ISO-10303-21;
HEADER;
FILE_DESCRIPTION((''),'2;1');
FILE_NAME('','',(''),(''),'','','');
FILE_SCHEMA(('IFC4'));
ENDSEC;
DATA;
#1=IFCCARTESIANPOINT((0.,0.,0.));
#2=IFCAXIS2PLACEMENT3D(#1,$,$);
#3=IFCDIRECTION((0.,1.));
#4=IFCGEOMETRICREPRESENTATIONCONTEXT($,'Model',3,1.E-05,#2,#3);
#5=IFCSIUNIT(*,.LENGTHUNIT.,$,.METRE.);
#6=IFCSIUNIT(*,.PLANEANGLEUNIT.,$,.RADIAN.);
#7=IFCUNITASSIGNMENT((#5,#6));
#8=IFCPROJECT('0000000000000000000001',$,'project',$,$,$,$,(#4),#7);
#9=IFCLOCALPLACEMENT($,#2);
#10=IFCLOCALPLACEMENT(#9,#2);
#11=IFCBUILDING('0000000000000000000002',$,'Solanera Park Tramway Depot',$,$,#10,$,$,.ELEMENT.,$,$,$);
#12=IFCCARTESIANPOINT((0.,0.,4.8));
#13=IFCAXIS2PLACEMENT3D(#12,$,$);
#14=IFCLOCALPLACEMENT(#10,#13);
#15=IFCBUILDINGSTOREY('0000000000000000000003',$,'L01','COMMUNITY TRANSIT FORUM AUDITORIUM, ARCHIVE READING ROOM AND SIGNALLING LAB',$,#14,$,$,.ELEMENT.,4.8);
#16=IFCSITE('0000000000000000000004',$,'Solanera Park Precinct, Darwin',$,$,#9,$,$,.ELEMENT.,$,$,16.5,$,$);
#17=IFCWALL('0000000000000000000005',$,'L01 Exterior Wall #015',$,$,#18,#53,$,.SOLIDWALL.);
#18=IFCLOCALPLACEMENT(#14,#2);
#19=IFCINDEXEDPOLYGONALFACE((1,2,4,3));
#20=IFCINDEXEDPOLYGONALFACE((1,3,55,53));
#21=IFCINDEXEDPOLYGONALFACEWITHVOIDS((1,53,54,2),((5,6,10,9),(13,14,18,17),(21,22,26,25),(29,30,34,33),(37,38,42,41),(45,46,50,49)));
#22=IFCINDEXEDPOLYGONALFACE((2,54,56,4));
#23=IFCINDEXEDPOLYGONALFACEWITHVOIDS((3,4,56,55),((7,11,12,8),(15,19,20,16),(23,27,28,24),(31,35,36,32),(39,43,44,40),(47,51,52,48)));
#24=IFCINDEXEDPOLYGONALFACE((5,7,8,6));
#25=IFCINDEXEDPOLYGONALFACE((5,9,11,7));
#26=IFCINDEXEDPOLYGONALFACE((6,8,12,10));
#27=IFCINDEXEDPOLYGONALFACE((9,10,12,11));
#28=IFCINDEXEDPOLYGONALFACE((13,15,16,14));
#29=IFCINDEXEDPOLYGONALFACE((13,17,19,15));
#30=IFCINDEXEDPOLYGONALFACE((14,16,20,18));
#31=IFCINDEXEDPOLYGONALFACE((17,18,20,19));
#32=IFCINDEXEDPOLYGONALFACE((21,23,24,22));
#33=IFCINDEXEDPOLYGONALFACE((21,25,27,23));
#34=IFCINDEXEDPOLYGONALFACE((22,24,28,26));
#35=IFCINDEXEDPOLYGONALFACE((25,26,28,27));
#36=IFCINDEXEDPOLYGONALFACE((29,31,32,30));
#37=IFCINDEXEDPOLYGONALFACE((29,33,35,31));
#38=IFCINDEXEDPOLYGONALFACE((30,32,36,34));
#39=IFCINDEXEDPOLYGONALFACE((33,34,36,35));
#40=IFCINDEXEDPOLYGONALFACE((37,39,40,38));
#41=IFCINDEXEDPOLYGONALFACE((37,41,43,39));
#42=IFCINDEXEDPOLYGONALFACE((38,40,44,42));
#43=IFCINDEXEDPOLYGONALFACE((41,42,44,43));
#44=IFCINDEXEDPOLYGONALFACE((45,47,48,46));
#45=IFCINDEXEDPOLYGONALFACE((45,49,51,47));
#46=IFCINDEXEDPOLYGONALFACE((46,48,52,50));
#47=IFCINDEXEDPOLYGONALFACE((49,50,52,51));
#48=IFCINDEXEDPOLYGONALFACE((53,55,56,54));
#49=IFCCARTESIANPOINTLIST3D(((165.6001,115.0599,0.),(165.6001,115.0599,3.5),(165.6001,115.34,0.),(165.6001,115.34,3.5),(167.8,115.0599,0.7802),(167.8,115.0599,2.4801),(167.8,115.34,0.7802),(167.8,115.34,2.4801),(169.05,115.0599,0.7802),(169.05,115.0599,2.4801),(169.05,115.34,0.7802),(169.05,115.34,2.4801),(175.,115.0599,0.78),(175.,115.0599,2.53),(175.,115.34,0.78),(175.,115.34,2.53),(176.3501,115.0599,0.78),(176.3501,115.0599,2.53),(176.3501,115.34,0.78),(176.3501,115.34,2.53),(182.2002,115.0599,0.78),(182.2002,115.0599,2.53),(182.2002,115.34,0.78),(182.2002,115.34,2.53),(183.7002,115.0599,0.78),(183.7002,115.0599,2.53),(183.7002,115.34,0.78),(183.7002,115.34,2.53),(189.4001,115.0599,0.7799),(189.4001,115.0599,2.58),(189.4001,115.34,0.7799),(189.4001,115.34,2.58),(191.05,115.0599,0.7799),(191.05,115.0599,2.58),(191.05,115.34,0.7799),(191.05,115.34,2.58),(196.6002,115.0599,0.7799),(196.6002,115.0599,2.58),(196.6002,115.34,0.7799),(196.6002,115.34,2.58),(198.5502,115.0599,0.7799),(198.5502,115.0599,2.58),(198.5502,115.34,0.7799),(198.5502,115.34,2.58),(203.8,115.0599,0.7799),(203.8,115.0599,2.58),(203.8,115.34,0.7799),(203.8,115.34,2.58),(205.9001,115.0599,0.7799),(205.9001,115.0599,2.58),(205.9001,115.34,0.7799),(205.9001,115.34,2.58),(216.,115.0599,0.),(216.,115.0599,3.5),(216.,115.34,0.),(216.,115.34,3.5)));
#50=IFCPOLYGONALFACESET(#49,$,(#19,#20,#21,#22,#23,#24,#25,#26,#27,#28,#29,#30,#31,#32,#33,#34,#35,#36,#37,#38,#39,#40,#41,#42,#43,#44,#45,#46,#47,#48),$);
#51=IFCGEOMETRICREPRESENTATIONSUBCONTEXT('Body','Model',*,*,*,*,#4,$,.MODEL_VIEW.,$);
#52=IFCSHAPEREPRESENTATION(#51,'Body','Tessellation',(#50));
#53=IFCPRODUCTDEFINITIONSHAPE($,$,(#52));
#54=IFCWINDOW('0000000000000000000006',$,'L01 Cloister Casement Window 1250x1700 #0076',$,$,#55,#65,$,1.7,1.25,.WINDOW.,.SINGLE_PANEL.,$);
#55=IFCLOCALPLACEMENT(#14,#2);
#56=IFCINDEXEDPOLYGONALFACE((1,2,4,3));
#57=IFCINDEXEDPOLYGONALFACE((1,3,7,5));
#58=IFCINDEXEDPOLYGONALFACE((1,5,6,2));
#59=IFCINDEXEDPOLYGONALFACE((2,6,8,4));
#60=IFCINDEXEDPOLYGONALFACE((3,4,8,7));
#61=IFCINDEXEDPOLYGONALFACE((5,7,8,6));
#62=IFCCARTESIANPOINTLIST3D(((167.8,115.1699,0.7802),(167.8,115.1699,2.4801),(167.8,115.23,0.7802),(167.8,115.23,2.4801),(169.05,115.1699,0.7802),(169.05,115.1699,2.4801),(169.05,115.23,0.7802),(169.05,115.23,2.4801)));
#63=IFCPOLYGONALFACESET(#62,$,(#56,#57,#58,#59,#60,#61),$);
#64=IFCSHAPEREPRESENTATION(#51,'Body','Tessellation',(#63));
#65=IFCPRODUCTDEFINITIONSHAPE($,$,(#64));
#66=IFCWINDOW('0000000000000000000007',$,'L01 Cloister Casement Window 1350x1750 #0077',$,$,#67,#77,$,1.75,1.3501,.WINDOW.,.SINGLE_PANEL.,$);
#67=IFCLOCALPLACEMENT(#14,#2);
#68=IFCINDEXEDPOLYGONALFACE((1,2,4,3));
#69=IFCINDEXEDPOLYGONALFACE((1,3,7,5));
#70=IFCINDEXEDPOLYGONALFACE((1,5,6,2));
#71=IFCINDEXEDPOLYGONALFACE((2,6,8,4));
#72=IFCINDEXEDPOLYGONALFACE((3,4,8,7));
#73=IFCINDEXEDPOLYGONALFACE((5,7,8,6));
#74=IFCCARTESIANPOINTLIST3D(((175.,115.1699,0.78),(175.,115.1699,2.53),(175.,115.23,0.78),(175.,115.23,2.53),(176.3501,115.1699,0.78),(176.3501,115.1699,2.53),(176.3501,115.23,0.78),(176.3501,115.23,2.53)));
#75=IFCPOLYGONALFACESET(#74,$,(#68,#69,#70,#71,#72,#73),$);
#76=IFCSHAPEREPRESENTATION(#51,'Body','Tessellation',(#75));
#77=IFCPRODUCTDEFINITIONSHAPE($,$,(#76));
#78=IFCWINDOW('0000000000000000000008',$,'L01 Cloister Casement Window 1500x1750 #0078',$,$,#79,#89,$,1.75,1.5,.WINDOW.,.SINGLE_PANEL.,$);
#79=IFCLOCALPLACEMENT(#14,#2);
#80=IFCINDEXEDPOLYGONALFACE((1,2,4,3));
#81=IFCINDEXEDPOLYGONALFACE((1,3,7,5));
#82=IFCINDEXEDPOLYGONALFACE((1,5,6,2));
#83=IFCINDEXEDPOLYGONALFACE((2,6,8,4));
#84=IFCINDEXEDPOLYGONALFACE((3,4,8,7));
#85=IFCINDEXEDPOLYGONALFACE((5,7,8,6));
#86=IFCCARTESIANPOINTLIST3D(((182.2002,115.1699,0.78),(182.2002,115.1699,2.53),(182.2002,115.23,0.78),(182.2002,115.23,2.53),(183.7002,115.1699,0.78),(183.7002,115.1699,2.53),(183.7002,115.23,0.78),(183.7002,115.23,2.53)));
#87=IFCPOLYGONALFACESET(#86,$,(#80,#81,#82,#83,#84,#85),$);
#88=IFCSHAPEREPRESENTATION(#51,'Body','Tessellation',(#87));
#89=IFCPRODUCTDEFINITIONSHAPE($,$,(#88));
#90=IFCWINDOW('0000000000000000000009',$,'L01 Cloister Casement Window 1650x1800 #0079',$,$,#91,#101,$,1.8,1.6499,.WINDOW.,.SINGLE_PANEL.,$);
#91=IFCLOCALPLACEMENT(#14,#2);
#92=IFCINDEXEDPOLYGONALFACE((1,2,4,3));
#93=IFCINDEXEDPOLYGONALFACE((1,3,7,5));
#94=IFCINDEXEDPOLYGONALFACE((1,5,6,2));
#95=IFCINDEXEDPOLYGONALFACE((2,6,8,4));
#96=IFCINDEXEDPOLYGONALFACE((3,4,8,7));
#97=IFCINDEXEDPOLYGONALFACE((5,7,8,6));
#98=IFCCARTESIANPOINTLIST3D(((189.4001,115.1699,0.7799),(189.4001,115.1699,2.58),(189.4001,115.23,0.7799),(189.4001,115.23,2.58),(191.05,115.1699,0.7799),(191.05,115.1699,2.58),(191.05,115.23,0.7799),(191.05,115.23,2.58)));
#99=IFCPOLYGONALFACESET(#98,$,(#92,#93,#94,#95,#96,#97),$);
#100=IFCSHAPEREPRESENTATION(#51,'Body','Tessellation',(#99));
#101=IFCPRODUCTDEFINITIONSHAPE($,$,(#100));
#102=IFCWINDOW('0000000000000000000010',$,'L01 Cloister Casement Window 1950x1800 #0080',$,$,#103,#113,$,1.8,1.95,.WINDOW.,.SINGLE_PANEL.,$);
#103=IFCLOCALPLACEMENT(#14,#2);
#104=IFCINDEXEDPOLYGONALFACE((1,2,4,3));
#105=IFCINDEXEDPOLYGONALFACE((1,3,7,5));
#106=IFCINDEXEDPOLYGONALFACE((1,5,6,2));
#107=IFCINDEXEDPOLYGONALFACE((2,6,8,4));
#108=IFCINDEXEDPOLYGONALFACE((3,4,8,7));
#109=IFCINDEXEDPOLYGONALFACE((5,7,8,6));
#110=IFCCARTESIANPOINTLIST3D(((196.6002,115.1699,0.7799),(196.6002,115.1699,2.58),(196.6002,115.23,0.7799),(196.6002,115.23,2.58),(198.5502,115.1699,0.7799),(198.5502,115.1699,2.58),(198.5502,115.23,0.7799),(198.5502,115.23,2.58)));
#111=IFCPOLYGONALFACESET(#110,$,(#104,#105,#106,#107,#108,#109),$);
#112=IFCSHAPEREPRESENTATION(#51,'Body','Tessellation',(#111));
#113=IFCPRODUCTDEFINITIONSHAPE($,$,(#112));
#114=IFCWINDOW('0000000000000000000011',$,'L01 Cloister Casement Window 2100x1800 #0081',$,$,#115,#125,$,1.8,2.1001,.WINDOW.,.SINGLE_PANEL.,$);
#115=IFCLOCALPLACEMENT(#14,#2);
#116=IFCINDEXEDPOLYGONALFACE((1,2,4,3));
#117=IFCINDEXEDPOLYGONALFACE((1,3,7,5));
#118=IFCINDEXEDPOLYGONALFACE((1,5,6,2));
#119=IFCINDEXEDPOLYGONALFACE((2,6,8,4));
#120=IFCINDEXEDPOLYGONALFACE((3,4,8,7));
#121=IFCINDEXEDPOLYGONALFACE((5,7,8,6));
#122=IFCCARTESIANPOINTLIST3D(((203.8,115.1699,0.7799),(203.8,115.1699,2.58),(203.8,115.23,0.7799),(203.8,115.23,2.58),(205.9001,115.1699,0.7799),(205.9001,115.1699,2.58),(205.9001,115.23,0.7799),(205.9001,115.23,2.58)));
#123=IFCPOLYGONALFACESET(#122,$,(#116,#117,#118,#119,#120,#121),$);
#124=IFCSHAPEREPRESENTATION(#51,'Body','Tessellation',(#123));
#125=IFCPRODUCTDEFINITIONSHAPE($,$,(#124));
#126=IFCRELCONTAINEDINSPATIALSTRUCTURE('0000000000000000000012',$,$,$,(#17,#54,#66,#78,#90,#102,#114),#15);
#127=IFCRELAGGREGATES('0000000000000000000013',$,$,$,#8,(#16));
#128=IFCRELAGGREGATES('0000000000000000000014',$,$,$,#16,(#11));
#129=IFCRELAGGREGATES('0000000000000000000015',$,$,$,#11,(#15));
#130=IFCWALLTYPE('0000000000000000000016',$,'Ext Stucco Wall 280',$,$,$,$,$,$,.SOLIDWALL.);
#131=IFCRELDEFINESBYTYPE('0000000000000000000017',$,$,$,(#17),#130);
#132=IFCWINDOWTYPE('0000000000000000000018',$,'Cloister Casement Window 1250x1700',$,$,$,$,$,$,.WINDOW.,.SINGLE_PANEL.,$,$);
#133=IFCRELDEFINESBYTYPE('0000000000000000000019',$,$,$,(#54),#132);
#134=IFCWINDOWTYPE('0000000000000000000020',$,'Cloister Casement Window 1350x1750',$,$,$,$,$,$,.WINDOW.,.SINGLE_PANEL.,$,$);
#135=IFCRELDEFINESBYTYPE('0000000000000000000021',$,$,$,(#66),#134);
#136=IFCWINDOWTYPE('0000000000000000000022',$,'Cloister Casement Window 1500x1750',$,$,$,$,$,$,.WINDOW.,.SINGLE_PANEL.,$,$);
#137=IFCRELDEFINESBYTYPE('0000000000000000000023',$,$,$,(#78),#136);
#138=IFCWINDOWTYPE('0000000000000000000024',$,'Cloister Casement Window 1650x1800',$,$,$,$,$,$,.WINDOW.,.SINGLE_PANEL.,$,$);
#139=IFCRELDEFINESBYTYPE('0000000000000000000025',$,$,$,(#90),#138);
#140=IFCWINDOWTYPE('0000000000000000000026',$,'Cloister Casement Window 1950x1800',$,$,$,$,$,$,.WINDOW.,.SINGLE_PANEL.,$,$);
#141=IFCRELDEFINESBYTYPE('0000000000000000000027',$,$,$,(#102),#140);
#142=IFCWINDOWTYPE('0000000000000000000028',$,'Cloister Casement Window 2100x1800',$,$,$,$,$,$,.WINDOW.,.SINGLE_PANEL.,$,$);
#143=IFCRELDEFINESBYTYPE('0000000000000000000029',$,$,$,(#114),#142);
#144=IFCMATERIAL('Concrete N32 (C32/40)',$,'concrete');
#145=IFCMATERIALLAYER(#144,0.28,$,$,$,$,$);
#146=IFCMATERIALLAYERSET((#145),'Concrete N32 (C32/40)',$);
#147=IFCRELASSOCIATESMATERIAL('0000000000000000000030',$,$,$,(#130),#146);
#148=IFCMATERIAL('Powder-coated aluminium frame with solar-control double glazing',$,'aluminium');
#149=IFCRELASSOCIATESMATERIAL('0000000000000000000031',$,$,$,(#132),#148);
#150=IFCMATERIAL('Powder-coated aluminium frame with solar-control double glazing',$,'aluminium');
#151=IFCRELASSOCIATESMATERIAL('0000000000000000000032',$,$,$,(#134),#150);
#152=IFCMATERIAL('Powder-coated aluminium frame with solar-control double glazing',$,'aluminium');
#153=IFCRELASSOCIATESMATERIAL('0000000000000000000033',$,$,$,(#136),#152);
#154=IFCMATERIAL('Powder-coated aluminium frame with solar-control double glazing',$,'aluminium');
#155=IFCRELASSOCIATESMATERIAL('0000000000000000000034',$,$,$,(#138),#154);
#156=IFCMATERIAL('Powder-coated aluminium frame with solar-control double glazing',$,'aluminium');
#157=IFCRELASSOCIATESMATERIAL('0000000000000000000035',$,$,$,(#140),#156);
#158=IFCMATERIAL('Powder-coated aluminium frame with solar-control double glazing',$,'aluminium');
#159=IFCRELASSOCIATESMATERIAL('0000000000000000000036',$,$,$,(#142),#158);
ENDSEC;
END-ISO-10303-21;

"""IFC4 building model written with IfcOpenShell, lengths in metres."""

from ifc_helpers import new_model, si_unit, direction, frame, frame_2d, origin, place, context, subcontext, project, spatial, rectangle, extrude, material, layer, layer_set, type_object, element, fill, save


model = new_model("IFC4")

# Units and contexts
model_context = context("Model", 3, precision=1e-05, world=origin(), true_north=direction((0.0, 1.0)))
body_context = subcontext(model_context, "Body", "Model", "MODEL_VIEW")
ifc_project = project(units=[si_unit("LENGTHUNIT", "METRE"), si_unit("PLANEANGLEUNIT", "RADIAN")], contexts=[model_context])

# Site, building, storey
site_placement = place(None, origin())
site = spatial("IfcSite", under=ifc_project, at=site_placement, Name="Solanera Park Precinct, Darwin", CompositionType="ELEMENT", RefElevation=16.5)
building_placement = place(site_placement, origin())
building = spatial("IfcBuilding", under=site, at=building_placement, Name="Solanera Park Tramway Depot", CompositionType="ELEMENT")
storey_placement = place(building_placement, frame((0.0, 0.0, 4.8)))
storey = spatial("IfcBuildingStorey", under=building, at=storey_placement, Name="L01", Description="COMMUNITY TRANSIT FORUM AUDITORIUM, ARCHIVE READING ROOM AND SIGNALLING LAB", CompositionType="ELEMENT", Elevation=4.8)

# Wall, openings, windows
ifc_material_1 = material(Name="Concrete N32 (C32/40)", Category="concrete")
ifc_layer_1 = layer(ifc_material_1, 0.28)
ifc_layer_set_1 = layer_set([ifc_layer_1], Name="Concrete N32 (C32/40)")
wall_type = type_object("IfcWallType", Name="Ext Stucco Wall 280", PredefinedType="SOLIDWALL", material=ifc_layer_set_1)
wall_1_placement = place(storey_placement, frame((165.6001, 115.2, 0.0), z_axis=(0.0, 0.0, 1.0), x_axis=(1.0, 0.0, 0.0)))
wall_1 = element("IfcWall", 1, at=wall_1_placement, inside=storey, type_object=wall_type, Name="L01 Exterior Wall #015", PredefinedType="SOLIDWALL", context=body_context, shape_type="SweptSolid", body=[
    extrude(rectangle(XDim=50.3999, YDim=0.28, at=frame_2d((25.2, 0.0))), origin(), (0.0, 0.0, 1.0), 3.5),
])
opening_1_placement = place(wall_1_placement, frame((2.2, 0.0, 0.78)))
opening_1 = element("IfcOpeningElement", 2, at=opening_1_placement, cuts=wall_1, PredefinedType="OPENING", context=body_context, shape_type="SweptSolid", body=[
    extrude(rectangle(XDim=1.25, YDim=1.7, at=frame_2d((0.625, 0.8501))), frame((0.0, 0.1499, 0.0), z_axis=(0.0, -1.0, 0.0), x_axis=(1.0, 0.0, 0.0)), (0.0, 0.0, 1.0), 0.3),
])
opening_2_placement = place(wall_1_placement, frame((9.3999, 0.0, 0.78)))
opening_2 = element("IfcOpeningElement", 3, at=opening_2_placement, cuts=wall_1, PredefinedType="OPENING", context=body_context, shape_type="SweptSolid", body=[
    extrude(rectangle(XDim=1.3501, YDim=1.75, at=frame_2d((0.675, 0.875))), frame((0.0, 0.1499, 0.0), z_axis=(0.0, -1.0, 0.0), x_axis=(1.0, 0.0, 0.0)), (0.0, 0.0, 1.0), 0.3),
])
opening_3_placement = place(wall_1_placement, frame((16.6001, 0.0, 0.78)))
opening_3 = element("IfcOpeningElement", 4, at=opening_3_placement, cuts=wall_1, PredefinedType="OPENING", context=body_context, shape_type="SweptSolid", body=[
    extrude(rectangle(XDim=1.5, YDim=1.75, at=frame_2d((0.75, 0.875))), frame((0.0, 0.1499, 0.0), z_axis=(0.0, -1.0, 0.0), x_axis=(1.0, 0.0, 0.0)), (0.0, 0.0, 1.0), 0.3),
])
opening_4_placement = place(wall_1_placement, frame((23.8, 0.0, 0.78)))
opening_4 = element("IfcOpeningElement", 5, at=opening_4_placement, cuts=wall_1, PredefinedType="OPENING", context=body_context, shape_type="SweptSolid", body=[
    extrude(rectangle(XDim=1.6499, YDim=1.8, at=frame_2d((0.825, 0.8999))), frame((0.0, 0.1499, 0.0), z_axis=(0.0, -1.0, 0.0), x_axis=(1.0, 0.0, 0.0)), (0.0, 0.0, 1.0), 0.3),
])
opening_5_placement = place(wall_1_placement, frame((31.0, 0.0, 0.78)))
opening_5 = element("IfcOpeningElement", 6, at=opening_5_placement, cuts=wall_1, PredefinedType="OPENING", context=body_context, shape_type="SweptSolid", body=[
    extrude(rectangle(XDim=1.95, YDim=1.8, at=frame_2d((0.9751, 0.8999))), frame((0.0, 0.1499, 0.0), z_axis=(0.0, -1.0, 0.0), x_axis=(1.0, 0.0, 0.0)), (0.0, 0.0, 1.0), 0.3),
])
opening_6_placement = place(wall_1_placement, frame((38.2, 0.0, 0.78)))
opening_6 = element("IfcOpeningElement", 7, at=opening_6_placement, cuts=wall_1, PredefinedType="OPENING", context=body_context, shape_type="SweptSolid", body=[
    extrude(rectangle(XDim=2.1001, YDim=1.8, at=frame_2d((1.05, 0.8999))), frame((0.0, 0.1499, 0.0), z_axis=(0.0, -1.0, 0.0), x_axis=(1.0, 0.0, 0.0)), (0.0, 0.0, 1.0), 0.3),
])
ifc_material_2 = material(Name="Powder-coated aluminium frame with solar-control double glazing", Category="aluminium")
window_type_1 = type_object("IfcWindowType", Name="Cloister Casement Window 1250x1700", PartitioningType="SINGLE_PANEL", PredefinedType="WINDOW", material=ifc_material_2)
window_1_placement = place(opening_1_placement, origin())
window_1 = element("IfcWindow", 8, at=window_1_placement, inside=storey, type_object=window_type_1, Name="L01 Cloister Casement Window 1250x1700 #0076", OverallHeight=1.7, OverallWidth=1.25, PartitioningType="SINGLE_PANEL", PredefinedType="WINDOW", context=body_context, shape_type="SweptSolid", body=[
    extrude(rectangle(XDim=1.25, YDim=1.7, at=frame_2d((0.625, 0.8501))), frame((0.0, 0.03, 0.0), z_axis=(0.0, -1.0, 0.0), x_axis=(1.0, 0.0, 0.0)), (0.0, 0.0, 1.0), 0.0601),
])
fill(opening_1, window_1)
ifc_material_3 = material(Name="Powder-coated aluminium frame with solar-control double glazing", Category="aluminium")
window_type_2 = type_object("IfcWindowType", Name="Cloister Casement Window 1350x1750", PartitioningType="SINGLE_PANEL", PredefinedType="WINDOW", material=ifc_material_3)
window_2_placement = place(opening_2_placement, origin())
window_2 = element("IfcWindow", 9, at=window_2_placement, inside=storey, type_object=window_type_2, Name="L01 Cloister Casement Window 1350x1750 #0077", OverallHeight=1.75, OverallWidth=1.3501, PartitioningType="SINGLE_PANEL", PredefinedType="WINDOW", context=body_context, shape_type="SweptSolid", body=[
    extrude(rectangle(XDim=1.3501, YDim=1.75, at=frame_2d((0.675, 0.875))), frame((0.0, 0.03, 0.0), z_axis=(0.0, -1.0, 0.0), x_axis=(1.0, 0.0, 0.0)), (0.0, 0.0, 1.0), 0.0601),
])
fill(opening_2, window_2)
ifc_material_4 = material(Name="Powder-coated aluminium frame with solar-control double glazing", Category="aluminium")
window_type_3 = type_object("IfcWindowType", Name="Cloister Casement Window 1500x1750", PartitioningType="SINGLE_PANEL", PredefinedType="WINDOW", material=ifc_material_4)
window_3_placement = place(opening_3_placement, origin())
window_3 = element("IfcWindow", 10, at=window_3_placement, inside=storey, type_object=window_type_3, Name="L01 Cloister Casement Window 1500x1750 #0078", OverallHeight=1.75, OverallWidth=1.5, PartitioningType="SINGLE_PANEL", PredefinedType="WINDOW", context=body_context, shape_type="SweptSolid", body=[
    extrude(rectangle(XDim=1.5, YDim=1.75, at=frame_2d((0.75, 0.875))), frame((0.0, 0.03, 0.0), z_axis=(0.0, -1.0, 0.0), x_axis=(1.0, 0.0, 0.0)), (0.0, 0.0, 1.0), 0.0601),
])
fill(opening_3, window_3)
ifc_material_5 = material(Name="Powder-coated aluminium frame with solar-control double glazing", Category="aluminium")
window_type_4 = type_object("IfcWindowType", Name="Cloister Casement Window 1650x1800", PartitioningType="SINGLE_PANEL", PredefinedType="WINDOW", material=ifc_material_5)
window_4_placement = place(opening_4_placement, origin())
window_4 = element("IfcWindow", 11, at=window_4_placement, inside=storey, type_object=window_type_4, Name="L01 Cloister Casement Window 1650x1800 #0079", OverallHeight=1.8, OverallWidth=1.6499, PartitioningType="SINGLE_PANEL", PredefinedType="WINDOW", context=body_context, shape_type="SweptSolid", body=[
    extrude(rectangle(XDim=1.6499, YDim=1.8, at=frame_2d((0.825, 0.8999))), frame((0.0, 0.03, 0.0), z_axis=(0.0, -1.0, 0.0), x_axis=(1.0, 0.0, 0.0)), (0.0, 0.0, 1.0), 0.0601),
])
fill(opening_4, window_4)
ifc_material_6 = material(Name="Powder-coated aluminium frame with solar-control double glazing", Category="aluminium")
window_type_5 = type_object("IfcWindowType", Name="Cloister Casement Window 1950x1800", PartitioningType="SINGLE_PANEL", PredefinedType="WINDOW", material=ifc_material_6)
window_5_placement = place(opening_5_placement, origin())
window_5 = element("IfcWindow", 12, at=window_5_placement, inside=storey, type_object=window_type_5, Name="L01 Cloister Casement Window 1950x1800 #0080", OverallHeight=1.8, OverallWidth=1.95, PartitioningType="SINGLE_PANEL", PredefinedType="WINDOW", context=body_context, shape_type="SweptSolid", body=[
    extrude(rectangle(XDim=1.95, YDim=1.8, at=frame_2d((0.9751, 0.8999))), frame((0.0, 0.03, 0.0), z_axis=(0.0, -1.0, 0.0), x_axis=(1.0, 0.0, 0.0)), (0.0, 0.0, 1.0), 0.0601),
])
fill(opening_5, window_5)
ifc_material_7 = material(Name="Powder-coated aluminium frame with solar-control double glazing", Category="aluminium")
window_type_6 = type_object("IfcWindowType", Name="Cloister Casement Window 2100x1800", PartitioningType="SINGLE_PANEL", PredefinedType="WINDOW", material=ifc_material_7)
window_6_placement = place(opening_6_placement, origin())
window_6 = element("IfcWindow", 13, at=window_6_placement, inside=storey, type_object=window_type_6, Name="L01 Cloister Casement Window 2100x1800 #0081", OverallHeight=1.8, OverallWidth=2.1001, PartitioningType="SINGLE_PANEL", PredefinedType="WINDOW", context=body_context, shape_type="SweptSolid", body=[
    extrude(rectangle(XDim=2.1001, YDim=1.8, at=frame_2d((1.05, 0.8999))), frame((0.0, 0.03, 0.0), z_axis=(0.0, -1.0, 0.0), x_axis=(1.0, 0.0, 0.0)), (0.0, 0.0, 1.0), 0.0601),
])
fill(opening_6, window_6)

save(model, "model.ifc")
